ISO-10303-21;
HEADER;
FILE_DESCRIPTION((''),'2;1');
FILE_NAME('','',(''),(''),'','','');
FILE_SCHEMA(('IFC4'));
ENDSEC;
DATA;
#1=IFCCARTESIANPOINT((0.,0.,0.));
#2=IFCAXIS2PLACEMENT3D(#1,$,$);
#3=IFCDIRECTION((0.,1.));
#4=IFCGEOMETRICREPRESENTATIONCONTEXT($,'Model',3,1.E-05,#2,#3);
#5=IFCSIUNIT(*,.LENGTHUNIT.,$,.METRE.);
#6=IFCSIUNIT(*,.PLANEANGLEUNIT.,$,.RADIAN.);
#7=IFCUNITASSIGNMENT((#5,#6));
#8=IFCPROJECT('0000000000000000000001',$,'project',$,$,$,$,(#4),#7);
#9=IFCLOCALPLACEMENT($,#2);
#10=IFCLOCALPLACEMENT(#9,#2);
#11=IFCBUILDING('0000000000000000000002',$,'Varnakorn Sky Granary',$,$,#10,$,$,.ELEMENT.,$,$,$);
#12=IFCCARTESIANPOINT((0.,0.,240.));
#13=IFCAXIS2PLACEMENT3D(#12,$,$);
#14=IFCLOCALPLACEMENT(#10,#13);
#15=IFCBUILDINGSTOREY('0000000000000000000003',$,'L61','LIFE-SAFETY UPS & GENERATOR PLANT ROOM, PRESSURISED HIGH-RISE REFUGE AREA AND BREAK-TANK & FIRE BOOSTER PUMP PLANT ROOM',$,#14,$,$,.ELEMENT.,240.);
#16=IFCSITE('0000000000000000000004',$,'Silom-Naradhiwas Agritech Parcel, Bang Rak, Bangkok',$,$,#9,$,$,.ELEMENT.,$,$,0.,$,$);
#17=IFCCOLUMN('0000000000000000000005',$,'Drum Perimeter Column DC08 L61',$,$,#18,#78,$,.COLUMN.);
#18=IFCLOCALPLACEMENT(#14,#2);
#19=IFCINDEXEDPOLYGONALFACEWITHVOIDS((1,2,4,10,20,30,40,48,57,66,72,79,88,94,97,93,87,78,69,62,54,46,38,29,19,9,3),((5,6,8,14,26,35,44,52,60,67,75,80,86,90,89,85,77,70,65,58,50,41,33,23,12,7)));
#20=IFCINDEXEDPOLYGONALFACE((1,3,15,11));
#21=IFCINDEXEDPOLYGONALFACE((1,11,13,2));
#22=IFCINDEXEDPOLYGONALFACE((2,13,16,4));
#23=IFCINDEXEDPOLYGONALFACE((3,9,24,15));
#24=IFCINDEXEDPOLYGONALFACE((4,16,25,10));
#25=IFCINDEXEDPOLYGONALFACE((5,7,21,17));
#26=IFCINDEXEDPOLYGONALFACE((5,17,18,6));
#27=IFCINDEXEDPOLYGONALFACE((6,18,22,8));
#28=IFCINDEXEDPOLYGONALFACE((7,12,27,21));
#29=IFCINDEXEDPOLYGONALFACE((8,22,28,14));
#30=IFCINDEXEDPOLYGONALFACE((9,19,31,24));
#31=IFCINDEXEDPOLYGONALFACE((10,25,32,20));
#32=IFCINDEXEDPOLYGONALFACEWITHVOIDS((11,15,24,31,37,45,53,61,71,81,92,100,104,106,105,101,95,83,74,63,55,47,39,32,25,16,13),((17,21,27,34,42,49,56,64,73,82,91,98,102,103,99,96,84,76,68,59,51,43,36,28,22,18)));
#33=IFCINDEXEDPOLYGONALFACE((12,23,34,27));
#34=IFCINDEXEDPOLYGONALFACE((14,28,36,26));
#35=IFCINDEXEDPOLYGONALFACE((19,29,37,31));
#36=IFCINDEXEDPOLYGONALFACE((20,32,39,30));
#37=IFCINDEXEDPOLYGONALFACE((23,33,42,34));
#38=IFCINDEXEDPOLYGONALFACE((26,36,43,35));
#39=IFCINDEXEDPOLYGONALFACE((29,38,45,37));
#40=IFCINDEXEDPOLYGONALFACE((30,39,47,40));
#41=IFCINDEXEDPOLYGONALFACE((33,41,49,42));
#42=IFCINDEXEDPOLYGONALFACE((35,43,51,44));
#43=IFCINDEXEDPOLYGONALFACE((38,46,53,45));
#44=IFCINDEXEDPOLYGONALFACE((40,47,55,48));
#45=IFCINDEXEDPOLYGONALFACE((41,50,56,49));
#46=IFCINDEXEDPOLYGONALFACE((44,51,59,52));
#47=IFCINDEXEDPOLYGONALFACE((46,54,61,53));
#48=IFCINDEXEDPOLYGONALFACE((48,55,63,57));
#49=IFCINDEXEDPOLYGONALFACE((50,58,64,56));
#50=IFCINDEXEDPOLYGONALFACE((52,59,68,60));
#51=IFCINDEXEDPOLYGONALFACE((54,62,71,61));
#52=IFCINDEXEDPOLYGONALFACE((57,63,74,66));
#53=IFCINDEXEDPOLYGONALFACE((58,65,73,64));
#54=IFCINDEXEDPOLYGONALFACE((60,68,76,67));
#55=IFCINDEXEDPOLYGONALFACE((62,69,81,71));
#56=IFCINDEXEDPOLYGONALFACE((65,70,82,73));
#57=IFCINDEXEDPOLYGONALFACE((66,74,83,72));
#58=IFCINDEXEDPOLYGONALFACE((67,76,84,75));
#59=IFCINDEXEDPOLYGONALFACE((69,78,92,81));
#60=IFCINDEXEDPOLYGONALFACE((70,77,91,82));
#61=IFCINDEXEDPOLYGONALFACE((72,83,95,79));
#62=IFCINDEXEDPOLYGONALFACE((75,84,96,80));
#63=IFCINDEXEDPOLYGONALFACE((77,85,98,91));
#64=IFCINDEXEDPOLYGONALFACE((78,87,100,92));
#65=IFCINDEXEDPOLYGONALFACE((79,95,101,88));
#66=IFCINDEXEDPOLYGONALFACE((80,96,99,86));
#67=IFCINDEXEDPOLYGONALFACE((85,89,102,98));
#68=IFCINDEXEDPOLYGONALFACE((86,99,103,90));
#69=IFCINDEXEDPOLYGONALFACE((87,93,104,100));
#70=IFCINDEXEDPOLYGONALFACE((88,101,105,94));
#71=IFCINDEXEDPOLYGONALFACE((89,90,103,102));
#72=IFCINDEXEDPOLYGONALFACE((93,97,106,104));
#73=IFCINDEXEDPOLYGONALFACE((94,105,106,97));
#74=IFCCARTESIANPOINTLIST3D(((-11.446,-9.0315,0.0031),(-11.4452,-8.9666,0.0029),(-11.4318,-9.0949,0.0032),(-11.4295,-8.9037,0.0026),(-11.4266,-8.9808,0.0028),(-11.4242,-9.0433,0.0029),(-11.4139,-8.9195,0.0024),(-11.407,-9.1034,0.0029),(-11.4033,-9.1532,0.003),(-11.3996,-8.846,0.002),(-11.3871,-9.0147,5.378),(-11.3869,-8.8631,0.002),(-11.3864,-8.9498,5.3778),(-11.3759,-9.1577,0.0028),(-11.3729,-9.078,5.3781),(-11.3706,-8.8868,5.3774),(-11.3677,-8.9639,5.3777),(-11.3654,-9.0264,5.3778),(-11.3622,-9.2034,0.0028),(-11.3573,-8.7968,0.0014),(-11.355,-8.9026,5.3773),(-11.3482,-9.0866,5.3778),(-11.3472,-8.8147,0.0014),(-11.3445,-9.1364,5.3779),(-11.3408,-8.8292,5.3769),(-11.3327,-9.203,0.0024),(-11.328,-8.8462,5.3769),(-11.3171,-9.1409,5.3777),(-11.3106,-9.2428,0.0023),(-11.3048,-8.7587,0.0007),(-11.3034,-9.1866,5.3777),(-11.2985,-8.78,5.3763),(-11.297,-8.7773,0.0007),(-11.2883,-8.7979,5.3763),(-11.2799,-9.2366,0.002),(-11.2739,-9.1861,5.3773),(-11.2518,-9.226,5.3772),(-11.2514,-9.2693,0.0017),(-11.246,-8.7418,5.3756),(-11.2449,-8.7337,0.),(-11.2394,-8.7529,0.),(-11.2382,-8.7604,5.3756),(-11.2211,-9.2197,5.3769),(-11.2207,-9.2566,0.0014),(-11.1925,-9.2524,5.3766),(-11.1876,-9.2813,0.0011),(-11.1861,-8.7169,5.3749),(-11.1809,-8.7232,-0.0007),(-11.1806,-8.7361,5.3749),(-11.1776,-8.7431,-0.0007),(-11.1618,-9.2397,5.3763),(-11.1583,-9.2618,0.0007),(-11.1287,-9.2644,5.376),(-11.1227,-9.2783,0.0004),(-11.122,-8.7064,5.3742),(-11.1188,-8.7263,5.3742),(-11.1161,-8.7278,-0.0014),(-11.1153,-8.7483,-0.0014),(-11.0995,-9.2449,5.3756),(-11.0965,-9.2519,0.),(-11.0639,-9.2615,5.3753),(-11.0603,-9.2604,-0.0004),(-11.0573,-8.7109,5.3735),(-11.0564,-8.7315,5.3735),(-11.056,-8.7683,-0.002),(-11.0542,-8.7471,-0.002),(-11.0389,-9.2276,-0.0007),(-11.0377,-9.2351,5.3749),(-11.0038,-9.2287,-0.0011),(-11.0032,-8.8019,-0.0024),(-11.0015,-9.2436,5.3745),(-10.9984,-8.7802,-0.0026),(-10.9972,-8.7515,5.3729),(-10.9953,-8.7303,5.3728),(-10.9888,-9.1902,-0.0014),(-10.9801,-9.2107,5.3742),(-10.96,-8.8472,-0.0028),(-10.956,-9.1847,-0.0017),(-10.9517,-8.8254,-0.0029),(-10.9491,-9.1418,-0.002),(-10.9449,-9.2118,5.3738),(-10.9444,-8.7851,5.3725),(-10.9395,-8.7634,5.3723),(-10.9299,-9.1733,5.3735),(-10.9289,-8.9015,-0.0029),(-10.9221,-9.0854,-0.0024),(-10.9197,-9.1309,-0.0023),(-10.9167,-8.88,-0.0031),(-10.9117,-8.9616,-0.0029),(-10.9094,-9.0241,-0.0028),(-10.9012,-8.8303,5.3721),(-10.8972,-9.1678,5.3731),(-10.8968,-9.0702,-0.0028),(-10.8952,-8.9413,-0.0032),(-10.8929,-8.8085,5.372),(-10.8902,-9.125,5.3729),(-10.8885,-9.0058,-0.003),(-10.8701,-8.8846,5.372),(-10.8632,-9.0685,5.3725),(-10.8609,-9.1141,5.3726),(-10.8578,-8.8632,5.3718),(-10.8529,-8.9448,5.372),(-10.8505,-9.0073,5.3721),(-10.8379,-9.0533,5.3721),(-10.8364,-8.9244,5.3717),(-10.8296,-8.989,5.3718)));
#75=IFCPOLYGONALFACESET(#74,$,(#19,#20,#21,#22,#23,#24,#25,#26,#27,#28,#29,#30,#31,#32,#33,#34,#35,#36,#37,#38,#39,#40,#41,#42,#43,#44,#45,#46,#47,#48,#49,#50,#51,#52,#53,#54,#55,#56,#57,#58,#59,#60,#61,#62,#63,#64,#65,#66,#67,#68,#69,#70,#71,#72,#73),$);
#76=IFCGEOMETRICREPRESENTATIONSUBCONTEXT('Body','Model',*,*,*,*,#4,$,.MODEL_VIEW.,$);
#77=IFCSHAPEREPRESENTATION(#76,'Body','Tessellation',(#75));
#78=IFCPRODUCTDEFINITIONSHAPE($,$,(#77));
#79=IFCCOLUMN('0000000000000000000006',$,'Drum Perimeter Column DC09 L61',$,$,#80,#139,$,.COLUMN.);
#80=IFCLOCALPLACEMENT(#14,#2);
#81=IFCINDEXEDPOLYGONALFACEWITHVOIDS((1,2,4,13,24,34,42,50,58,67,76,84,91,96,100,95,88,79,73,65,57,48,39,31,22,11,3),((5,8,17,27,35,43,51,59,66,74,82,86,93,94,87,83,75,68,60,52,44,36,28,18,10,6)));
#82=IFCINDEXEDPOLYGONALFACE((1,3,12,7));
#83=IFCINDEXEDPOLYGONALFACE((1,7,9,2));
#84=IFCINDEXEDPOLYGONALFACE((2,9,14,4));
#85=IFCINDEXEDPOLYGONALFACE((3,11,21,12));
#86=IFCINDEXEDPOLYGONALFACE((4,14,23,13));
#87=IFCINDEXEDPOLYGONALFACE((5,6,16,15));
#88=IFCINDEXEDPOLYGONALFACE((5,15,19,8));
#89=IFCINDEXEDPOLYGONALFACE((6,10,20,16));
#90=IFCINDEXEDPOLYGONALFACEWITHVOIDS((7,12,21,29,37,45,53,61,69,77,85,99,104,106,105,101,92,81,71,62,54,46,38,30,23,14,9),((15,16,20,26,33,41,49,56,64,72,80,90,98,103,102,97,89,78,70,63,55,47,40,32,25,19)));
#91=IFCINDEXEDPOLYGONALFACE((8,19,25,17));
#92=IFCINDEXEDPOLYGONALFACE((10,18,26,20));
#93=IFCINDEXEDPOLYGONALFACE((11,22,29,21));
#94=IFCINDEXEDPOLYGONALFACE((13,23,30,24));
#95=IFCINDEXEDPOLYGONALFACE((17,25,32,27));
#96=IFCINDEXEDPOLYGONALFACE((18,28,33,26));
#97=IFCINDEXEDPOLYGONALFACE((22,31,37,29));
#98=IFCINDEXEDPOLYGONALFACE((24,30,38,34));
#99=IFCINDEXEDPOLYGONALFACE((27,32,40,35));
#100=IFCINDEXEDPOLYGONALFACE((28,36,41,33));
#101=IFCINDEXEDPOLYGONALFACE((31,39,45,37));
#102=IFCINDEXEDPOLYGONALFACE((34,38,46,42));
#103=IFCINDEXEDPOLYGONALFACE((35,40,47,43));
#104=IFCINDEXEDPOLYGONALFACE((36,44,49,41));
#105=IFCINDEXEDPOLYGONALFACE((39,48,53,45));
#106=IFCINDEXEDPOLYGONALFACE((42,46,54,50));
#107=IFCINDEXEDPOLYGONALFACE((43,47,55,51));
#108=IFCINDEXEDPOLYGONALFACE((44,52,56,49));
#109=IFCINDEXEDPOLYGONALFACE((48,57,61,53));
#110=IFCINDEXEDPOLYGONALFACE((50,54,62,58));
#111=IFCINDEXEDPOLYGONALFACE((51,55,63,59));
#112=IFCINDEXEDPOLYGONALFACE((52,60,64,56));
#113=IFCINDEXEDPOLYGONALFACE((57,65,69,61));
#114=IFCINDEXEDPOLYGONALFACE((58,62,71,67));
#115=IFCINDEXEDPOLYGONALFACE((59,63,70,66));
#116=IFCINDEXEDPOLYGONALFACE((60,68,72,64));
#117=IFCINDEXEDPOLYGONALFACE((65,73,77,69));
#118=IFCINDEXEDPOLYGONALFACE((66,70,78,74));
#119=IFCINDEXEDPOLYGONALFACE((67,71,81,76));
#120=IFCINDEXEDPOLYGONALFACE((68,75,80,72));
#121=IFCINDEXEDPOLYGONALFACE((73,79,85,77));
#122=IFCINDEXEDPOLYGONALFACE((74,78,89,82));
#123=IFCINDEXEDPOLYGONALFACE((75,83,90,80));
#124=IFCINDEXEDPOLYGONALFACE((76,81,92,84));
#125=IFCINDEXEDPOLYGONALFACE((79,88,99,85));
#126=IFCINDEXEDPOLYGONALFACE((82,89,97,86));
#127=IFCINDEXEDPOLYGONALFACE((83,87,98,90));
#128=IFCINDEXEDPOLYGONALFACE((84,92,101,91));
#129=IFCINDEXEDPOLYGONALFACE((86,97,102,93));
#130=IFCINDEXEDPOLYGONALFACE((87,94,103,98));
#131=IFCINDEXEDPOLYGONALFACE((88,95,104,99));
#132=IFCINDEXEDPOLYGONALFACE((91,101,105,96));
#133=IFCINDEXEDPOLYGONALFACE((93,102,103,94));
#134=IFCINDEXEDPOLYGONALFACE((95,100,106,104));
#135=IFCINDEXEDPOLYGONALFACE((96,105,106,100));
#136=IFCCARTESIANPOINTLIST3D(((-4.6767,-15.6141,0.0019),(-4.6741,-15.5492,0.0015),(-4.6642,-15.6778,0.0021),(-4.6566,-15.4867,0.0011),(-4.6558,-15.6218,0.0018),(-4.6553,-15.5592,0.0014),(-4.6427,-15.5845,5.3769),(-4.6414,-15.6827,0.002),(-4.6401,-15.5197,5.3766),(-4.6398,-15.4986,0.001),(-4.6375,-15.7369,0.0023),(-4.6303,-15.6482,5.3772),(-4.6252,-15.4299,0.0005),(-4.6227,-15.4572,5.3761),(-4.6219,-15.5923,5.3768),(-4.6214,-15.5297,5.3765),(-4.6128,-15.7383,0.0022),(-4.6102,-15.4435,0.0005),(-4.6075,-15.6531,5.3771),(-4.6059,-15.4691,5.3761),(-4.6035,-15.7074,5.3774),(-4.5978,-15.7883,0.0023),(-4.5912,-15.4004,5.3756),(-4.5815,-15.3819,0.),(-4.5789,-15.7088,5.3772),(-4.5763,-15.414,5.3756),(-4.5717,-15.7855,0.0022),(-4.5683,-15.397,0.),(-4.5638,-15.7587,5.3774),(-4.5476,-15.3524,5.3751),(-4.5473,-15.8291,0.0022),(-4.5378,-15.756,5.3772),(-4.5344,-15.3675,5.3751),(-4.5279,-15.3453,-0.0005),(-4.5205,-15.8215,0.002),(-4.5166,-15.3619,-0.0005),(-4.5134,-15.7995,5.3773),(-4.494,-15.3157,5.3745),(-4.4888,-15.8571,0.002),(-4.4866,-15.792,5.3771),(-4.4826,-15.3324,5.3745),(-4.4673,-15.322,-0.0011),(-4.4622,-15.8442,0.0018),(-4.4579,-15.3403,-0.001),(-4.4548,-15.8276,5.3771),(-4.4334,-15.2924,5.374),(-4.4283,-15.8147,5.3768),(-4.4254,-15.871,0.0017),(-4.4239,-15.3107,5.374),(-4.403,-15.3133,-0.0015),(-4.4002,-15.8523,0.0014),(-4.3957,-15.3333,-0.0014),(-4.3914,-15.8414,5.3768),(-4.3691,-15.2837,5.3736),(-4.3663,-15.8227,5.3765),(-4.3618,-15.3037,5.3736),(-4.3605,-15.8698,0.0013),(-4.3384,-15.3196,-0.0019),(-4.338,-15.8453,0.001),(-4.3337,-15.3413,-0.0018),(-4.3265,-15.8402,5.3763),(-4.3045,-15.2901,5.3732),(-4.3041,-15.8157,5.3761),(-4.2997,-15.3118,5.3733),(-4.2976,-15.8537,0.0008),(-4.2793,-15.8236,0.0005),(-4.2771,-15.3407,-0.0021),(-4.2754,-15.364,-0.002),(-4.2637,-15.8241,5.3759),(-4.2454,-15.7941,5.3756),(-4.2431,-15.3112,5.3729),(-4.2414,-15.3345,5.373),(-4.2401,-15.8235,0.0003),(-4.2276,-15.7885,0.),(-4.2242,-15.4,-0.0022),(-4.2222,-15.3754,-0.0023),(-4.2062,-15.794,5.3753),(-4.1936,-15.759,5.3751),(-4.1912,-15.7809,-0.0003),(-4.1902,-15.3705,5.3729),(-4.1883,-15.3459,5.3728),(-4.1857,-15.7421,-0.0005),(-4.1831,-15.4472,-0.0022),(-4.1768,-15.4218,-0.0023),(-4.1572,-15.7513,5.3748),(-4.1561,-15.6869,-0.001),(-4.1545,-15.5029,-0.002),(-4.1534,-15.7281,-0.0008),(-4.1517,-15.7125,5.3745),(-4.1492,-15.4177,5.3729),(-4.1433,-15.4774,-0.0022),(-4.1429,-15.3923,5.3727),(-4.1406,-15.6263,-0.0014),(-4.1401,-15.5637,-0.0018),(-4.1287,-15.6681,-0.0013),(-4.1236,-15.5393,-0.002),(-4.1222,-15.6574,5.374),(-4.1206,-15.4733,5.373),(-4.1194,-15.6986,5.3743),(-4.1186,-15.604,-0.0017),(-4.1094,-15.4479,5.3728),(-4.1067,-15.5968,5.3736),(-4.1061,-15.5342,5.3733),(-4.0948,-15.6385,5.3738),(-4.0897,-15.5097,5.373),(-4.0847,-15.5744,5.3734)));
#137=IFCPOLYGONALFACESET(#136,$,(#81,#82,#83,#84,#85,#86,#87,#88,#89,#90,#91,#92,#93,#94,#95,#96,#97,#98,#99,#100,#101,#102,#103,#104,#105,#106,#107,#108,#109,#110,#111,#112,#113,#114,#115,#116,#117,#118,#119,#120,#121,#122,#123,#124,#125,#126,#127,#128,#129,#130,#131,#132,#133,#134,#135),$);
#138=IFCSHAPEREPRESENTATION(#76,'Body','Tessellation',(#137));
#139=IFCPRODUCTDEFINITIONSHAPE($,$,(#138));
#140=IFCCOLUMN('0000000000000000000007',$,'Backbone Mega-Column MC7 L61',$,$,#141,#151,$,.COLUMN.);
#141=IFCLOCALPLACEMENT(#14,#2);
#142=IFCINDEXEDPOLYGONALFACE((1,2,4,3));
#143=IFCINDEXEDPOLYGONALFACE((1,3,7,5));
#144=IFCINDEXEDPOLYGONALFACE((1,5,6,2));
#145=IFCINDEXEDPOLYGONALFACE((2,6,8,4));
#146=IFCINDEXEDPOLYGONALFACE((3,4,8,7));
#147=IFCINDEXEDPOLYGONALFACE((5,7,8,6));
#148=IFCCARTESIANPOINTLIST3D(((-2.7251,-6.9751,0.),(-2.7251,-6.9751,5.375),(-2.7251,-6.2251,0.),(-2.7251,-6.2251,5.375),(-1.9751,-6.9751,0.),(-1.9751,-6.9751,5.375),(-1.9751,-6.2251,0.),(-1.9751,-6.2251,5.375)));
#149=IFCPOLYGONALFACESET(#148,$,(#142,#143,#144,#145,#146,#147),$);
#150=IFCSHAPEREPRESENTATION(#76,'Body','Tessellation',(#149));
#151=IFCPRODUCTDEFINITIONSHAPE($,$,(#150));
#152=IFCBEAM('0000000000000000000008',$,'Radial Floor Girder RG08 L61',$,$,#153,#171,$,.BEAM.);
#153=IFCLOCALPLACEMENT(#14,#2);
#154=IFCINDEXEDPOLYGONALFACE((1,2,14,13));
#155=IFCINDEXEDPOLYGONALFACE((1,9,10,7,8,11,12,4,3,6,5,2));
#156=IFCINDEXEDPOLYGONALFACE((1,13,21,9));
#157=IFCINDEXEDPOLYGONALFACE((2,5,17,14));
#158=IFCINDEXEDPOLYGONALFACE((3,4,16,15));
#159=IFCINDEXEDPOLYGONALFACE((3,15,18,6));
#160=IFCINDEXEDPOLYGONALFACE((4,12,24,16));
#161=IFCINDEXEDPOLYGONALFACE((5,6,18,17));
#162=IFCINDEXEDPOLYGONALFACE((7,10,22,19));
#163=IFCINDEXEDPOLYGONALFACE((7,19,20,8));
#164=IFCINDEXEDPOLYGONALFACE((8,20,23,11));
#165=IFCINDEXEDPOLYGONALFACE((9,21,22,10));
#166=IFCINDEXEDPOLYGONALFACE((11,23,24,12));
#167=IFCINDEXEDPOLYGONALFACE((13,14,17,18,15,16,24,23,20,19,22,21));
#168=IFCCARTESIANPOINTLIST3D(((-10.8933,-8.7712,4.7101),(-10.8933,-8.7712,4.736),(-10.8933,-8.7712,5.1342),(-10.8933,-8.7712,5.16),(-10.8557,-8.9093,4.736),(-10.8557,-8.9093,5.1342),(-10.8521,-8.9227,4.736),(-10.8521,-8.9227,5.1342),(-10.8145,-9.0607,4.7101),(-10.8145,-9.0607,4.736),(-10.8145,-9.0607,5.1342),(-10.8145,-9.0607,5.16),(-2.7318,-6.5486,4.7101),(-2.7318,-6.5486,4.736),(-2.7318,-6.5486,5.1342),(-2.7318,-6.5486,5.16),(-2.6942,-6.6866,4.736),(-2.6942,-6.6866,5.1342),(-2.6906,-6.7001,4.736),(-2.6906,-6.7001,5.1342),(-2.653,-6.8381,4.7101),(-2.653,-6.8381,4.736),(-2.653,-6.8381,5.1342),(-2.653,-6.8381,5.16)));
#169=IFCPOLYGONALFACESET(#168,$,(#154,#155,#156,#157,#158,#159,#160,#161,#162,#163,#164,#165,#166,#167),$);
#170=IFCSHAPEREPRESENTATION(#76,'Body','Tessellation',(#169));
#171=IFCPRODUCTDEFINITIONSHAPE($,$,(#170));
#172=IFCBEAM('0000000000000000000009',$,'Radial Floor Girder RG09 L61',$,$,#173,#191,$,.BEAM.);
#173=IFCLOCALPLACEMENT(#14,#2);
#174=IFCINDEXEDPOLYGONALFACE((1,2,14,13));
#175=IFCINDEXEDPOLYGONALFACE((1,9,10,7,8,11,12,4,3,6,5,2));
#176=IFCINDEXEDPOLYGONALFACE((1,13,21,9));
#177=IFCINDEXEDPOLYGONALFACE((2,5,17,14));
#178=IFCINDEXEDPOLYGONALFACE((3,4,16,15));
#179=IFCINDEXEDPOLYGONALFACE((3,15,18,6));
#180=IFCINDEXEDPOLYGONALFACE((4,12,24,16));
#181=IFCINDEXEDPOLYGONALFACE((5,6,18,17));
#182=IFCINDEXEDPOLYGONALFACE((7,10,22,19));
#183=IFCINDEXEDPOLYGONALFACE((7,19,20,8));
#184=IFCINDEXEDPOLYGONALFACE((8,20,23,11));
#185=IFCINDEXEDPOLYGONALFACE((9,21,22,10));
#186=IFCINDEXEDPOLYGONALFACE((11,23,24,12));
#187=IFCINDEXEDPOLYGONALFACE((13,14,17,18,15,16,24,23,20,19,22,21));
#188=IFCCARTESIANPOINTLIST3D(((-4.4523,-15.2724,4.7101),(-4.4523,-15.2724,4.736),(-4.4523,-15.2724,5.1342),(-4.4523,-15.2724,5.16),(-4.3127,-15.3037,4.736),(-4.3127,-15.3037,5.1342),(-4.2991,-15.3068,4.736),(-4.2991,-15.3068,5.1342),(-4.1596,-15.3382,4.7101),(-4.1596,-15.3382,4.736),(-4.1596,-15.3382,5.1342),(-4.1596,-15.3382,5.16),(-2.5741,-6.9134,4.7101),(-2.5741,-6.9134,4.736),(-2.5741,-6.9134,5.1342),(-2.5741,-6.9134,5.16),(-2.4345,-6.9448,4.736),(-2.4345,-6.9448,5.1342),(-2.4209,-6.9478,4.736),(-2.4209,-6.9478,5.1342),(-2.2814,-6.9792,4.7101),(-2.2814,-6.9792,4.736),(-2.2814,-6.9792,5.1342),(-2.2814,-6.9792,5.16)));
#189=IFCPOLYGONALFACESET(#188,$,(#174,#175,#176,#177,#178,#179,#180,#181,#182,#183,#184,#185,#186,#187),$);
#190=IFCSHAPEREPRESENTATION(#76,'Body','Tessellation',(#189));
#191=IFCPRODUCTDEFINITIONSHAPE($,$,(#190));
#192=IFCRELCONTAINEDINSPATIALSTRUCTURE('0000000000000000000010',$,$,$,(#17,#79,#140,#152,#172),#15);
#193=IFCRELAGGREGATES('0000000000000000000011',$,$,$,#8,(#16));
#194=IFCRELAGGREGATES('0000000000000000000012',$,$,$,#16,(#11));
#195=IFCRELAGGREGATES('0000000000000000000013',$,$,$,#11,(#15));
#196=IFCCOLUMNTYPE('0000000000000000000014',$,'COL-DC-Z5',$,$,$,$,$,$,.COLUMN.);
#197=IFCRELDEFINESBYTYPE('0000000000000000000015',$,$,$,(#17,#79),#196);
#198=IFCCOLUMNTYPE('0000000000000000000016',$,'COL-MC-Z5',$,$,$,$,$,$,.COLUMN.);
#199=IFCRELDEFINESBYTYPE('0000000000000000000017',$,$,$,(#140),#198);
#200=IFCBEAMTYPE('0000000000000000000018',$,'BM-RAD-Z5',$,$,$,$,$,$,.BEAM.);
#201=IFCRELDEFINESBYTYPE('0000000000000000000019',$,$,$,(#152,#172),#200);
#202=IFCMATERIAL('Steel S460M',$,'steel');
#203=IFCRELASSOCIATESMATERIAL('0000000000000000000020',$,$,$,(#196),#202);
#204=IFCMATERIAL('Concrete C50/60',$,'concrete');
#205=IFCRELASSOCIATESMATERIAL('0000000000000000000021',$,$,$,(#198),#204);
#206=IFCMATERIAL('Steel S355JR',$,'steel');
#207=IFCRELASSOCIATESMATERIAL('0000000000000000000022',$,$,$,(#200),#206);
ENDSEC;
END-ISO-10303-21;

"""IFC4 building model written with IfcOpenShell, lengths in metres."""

from ifc_helpers import new_model, si_unit, direction, frame, origin, origin_2d, place, context, subcontext, project, spatial, rectangle, hollow_circle, i_section, extrude, material, material_profile, profile_set, type_object, element, save


model = new_model("IFC4")

# Units and contexts
model_context = context("Model", 3, precision=1e-05, world=origin(), true_north=direction((0.0, 1.0)))
body_context = subcontext(model_context, "Body", "Model", "MODEL_VIEW")
ifc_project = project(units=[si_unit("LENGTHUNIT", "METRE"), si_unit("PLANEANGLEUNIT", "RADIAN")], contexts=[model_context])

# Site, building, storey
site_placement = place(None, origin())
site = spatial("IfcSite", under=ifc_project, at=site_placement, Name="Silom-Naradhiwas Agritech Parcel, Bang Rak, Bangkok", CompositionType="ELEMENT", RefElevation=0.0)
building_placement = place(site_placement, origin())
building = spatial("IfcBuilding", under=site, at=building_placement, Name="Varnakorn Sky Granary", CompositionType="ELEMENT")
storey_placement = place(building_placement, frame((0.0, 0.0, 240.0)))
storey = spatial("IfcBuildingStorey", under=building, at=storey_placement, Name="L61", Description="LIFE-SAFETY UPS & GENERATOR PLANT ROOM, PRESSURISED HIGH-RISE REFUGE AREA AND BREAK-TANK & FIRE BOOSTER PUMP PLANT ROOM", CompositionType="ELEMENT", Elevation=240.0)

# Columns
ifc_material_1 = material(Name="Steel S460M", Category="steel")
ifc_material_profile_1 = material_profile(ifc_material_1, hollow_circle(Radius=0.2795, WallThickness=0.02, at=origin_2d()), Name="CHS 559x20")
ifc_profile_set_1 = profile_set([ifc_material_profile_1], Name="Steel S460M")
column_type_1 = type_object("IfcColumnType", Name="COL-DC-Z5", PredefinedType="COLUMN", material=ifc_profile_set_1)
for number, where, z_axis, x_axis, name in (
    (1, (-11.168, -9.0024, 0.0), (0.010946, 0.003134, 0.999935), (-0.275248, 0.961373, 0.0), "Drum Perimeter Column DC08 L61"),
    (2, (-4.3979, -15.5928, 0.0), (0.006313, 0.005496, 0.999965), (-0.656582, 0.754255, 0.0), "Drum Perimeter Column DC09 L61"),
):
    element("IfcColumn", number, at=place(storey_placement, frame(where, z_axis=z_axis, x_axis=x_axis)), inside=storey, type_object=column_type_1, Name=name, PredefinedType="COLUMN", context=body_context, shape_type="SweptSolid", body=[
        extrude(hollow_circle(Radius=0.2795, WallThickness=0.02, at=origin_2d()), origin(), (0.0, 0.0, 1.0), 5.3752),
    ])
ifc_material_2 = material(Name="Concrete C50/60", Category="concrete")
ifc_material_profile_2 = material_profile(ifc_material_2, rectangle(XDim=0.75, YDim=0.75, at=origin_2d()), Name="RC 750x750")
ifc_profile_set_2 = profile_set([ifc_material_profile_2], Name="Concrete C50/60")
column_type_2 = type_object("IfcColumnType", Name="COL-MC-Z5", PredefinedType="COLUMN", material=ifc_profile_set_2)
column_placement = place(storey_placement, frame((-2.3501, -6.6001, 0.0), z_axis=(0.0, 0.0, 1.0), x_axis=(1.0, 0.0, 0.0)))
element("IfcColumn", 3, at=column_placement, inside=storey, type_object=column_type_2, Name="Backbone Mega-Column MC7 L61", PredefinedType="COLUMN", context=body_context, shape_type="SweptSolid", body=[
    extrude(rectangle(XDim=0.75, YDim=0.75, at=origin_2d()), origin(), (0.0, 0.0, 1.0), 5.375),
])

# Beams
ifc_material_3 = material(Name="Steel S355JR", Category="steel")
ifc_material_profile_3 = material_profile(ifc_material_3, i_section(OverallWidth=0.3, OverallDepth=0.45, WebThickness=0.0139, FlangeThickness=0.0259, at=origin_2d()), Name="HE 450 B")
ifc_profile_set_3 = profile_set([ifc_material_profile_3], Name="Steel S355JR")
beam_type_1 = type_object("IfcBeamType", Name="BM-RAD-Z5", PredefinedType="BEAM", material=ifc_profile_set_3)
beam_1_placement = place(storey_placement, frame((-2.6924, -6.6934, 4.9351), z_axis=(-0.964861, -0.262761, 0.0), x_axis=(0.262761, -0.964861, 0.0)))
element("IfcBeam", 4, at=beam_1_placement, inside=storey, type_object=beam_type_1, Name="Radial Floor Girder RG08 L61", PredefinedType="BEAM", context=body_context, shape_type="SweptSolid", body=[
    extrude(i_section(OverallWidth=0.3, OverallDepth=0.45, WebThickness=0.0139, FlangeThickness=0.0259, at=origin_2d()), origin(), (0.0, 0.0, 1.0), 8.4587),
])
beam_2_placement = place(storey_placement, frame((-2.4277, -6.9463, 4.9351), z_axis=(-0.219226, -0.975674, 0.0), x_axis=(0.975674, -0.219226, 0.0)))
element("IfcBeam", 5, at=beam_2_placement, inside=storey, type_object=beam_type_1, Name="Radial Floor Girder RG09 L61", PredefinedType="BEAM", context=body_context, shape_type="SweptSolid", body=[
    extrude(i_section(OverallWidth=0.3, OverallDepth=0.45, WebThickness=0.0139, FlangeThickness=0.0259, at=origin_2d()), origin(), (0.0, 0.0, 1.0), 8.5674),
])

save(model, "model.ifc")
